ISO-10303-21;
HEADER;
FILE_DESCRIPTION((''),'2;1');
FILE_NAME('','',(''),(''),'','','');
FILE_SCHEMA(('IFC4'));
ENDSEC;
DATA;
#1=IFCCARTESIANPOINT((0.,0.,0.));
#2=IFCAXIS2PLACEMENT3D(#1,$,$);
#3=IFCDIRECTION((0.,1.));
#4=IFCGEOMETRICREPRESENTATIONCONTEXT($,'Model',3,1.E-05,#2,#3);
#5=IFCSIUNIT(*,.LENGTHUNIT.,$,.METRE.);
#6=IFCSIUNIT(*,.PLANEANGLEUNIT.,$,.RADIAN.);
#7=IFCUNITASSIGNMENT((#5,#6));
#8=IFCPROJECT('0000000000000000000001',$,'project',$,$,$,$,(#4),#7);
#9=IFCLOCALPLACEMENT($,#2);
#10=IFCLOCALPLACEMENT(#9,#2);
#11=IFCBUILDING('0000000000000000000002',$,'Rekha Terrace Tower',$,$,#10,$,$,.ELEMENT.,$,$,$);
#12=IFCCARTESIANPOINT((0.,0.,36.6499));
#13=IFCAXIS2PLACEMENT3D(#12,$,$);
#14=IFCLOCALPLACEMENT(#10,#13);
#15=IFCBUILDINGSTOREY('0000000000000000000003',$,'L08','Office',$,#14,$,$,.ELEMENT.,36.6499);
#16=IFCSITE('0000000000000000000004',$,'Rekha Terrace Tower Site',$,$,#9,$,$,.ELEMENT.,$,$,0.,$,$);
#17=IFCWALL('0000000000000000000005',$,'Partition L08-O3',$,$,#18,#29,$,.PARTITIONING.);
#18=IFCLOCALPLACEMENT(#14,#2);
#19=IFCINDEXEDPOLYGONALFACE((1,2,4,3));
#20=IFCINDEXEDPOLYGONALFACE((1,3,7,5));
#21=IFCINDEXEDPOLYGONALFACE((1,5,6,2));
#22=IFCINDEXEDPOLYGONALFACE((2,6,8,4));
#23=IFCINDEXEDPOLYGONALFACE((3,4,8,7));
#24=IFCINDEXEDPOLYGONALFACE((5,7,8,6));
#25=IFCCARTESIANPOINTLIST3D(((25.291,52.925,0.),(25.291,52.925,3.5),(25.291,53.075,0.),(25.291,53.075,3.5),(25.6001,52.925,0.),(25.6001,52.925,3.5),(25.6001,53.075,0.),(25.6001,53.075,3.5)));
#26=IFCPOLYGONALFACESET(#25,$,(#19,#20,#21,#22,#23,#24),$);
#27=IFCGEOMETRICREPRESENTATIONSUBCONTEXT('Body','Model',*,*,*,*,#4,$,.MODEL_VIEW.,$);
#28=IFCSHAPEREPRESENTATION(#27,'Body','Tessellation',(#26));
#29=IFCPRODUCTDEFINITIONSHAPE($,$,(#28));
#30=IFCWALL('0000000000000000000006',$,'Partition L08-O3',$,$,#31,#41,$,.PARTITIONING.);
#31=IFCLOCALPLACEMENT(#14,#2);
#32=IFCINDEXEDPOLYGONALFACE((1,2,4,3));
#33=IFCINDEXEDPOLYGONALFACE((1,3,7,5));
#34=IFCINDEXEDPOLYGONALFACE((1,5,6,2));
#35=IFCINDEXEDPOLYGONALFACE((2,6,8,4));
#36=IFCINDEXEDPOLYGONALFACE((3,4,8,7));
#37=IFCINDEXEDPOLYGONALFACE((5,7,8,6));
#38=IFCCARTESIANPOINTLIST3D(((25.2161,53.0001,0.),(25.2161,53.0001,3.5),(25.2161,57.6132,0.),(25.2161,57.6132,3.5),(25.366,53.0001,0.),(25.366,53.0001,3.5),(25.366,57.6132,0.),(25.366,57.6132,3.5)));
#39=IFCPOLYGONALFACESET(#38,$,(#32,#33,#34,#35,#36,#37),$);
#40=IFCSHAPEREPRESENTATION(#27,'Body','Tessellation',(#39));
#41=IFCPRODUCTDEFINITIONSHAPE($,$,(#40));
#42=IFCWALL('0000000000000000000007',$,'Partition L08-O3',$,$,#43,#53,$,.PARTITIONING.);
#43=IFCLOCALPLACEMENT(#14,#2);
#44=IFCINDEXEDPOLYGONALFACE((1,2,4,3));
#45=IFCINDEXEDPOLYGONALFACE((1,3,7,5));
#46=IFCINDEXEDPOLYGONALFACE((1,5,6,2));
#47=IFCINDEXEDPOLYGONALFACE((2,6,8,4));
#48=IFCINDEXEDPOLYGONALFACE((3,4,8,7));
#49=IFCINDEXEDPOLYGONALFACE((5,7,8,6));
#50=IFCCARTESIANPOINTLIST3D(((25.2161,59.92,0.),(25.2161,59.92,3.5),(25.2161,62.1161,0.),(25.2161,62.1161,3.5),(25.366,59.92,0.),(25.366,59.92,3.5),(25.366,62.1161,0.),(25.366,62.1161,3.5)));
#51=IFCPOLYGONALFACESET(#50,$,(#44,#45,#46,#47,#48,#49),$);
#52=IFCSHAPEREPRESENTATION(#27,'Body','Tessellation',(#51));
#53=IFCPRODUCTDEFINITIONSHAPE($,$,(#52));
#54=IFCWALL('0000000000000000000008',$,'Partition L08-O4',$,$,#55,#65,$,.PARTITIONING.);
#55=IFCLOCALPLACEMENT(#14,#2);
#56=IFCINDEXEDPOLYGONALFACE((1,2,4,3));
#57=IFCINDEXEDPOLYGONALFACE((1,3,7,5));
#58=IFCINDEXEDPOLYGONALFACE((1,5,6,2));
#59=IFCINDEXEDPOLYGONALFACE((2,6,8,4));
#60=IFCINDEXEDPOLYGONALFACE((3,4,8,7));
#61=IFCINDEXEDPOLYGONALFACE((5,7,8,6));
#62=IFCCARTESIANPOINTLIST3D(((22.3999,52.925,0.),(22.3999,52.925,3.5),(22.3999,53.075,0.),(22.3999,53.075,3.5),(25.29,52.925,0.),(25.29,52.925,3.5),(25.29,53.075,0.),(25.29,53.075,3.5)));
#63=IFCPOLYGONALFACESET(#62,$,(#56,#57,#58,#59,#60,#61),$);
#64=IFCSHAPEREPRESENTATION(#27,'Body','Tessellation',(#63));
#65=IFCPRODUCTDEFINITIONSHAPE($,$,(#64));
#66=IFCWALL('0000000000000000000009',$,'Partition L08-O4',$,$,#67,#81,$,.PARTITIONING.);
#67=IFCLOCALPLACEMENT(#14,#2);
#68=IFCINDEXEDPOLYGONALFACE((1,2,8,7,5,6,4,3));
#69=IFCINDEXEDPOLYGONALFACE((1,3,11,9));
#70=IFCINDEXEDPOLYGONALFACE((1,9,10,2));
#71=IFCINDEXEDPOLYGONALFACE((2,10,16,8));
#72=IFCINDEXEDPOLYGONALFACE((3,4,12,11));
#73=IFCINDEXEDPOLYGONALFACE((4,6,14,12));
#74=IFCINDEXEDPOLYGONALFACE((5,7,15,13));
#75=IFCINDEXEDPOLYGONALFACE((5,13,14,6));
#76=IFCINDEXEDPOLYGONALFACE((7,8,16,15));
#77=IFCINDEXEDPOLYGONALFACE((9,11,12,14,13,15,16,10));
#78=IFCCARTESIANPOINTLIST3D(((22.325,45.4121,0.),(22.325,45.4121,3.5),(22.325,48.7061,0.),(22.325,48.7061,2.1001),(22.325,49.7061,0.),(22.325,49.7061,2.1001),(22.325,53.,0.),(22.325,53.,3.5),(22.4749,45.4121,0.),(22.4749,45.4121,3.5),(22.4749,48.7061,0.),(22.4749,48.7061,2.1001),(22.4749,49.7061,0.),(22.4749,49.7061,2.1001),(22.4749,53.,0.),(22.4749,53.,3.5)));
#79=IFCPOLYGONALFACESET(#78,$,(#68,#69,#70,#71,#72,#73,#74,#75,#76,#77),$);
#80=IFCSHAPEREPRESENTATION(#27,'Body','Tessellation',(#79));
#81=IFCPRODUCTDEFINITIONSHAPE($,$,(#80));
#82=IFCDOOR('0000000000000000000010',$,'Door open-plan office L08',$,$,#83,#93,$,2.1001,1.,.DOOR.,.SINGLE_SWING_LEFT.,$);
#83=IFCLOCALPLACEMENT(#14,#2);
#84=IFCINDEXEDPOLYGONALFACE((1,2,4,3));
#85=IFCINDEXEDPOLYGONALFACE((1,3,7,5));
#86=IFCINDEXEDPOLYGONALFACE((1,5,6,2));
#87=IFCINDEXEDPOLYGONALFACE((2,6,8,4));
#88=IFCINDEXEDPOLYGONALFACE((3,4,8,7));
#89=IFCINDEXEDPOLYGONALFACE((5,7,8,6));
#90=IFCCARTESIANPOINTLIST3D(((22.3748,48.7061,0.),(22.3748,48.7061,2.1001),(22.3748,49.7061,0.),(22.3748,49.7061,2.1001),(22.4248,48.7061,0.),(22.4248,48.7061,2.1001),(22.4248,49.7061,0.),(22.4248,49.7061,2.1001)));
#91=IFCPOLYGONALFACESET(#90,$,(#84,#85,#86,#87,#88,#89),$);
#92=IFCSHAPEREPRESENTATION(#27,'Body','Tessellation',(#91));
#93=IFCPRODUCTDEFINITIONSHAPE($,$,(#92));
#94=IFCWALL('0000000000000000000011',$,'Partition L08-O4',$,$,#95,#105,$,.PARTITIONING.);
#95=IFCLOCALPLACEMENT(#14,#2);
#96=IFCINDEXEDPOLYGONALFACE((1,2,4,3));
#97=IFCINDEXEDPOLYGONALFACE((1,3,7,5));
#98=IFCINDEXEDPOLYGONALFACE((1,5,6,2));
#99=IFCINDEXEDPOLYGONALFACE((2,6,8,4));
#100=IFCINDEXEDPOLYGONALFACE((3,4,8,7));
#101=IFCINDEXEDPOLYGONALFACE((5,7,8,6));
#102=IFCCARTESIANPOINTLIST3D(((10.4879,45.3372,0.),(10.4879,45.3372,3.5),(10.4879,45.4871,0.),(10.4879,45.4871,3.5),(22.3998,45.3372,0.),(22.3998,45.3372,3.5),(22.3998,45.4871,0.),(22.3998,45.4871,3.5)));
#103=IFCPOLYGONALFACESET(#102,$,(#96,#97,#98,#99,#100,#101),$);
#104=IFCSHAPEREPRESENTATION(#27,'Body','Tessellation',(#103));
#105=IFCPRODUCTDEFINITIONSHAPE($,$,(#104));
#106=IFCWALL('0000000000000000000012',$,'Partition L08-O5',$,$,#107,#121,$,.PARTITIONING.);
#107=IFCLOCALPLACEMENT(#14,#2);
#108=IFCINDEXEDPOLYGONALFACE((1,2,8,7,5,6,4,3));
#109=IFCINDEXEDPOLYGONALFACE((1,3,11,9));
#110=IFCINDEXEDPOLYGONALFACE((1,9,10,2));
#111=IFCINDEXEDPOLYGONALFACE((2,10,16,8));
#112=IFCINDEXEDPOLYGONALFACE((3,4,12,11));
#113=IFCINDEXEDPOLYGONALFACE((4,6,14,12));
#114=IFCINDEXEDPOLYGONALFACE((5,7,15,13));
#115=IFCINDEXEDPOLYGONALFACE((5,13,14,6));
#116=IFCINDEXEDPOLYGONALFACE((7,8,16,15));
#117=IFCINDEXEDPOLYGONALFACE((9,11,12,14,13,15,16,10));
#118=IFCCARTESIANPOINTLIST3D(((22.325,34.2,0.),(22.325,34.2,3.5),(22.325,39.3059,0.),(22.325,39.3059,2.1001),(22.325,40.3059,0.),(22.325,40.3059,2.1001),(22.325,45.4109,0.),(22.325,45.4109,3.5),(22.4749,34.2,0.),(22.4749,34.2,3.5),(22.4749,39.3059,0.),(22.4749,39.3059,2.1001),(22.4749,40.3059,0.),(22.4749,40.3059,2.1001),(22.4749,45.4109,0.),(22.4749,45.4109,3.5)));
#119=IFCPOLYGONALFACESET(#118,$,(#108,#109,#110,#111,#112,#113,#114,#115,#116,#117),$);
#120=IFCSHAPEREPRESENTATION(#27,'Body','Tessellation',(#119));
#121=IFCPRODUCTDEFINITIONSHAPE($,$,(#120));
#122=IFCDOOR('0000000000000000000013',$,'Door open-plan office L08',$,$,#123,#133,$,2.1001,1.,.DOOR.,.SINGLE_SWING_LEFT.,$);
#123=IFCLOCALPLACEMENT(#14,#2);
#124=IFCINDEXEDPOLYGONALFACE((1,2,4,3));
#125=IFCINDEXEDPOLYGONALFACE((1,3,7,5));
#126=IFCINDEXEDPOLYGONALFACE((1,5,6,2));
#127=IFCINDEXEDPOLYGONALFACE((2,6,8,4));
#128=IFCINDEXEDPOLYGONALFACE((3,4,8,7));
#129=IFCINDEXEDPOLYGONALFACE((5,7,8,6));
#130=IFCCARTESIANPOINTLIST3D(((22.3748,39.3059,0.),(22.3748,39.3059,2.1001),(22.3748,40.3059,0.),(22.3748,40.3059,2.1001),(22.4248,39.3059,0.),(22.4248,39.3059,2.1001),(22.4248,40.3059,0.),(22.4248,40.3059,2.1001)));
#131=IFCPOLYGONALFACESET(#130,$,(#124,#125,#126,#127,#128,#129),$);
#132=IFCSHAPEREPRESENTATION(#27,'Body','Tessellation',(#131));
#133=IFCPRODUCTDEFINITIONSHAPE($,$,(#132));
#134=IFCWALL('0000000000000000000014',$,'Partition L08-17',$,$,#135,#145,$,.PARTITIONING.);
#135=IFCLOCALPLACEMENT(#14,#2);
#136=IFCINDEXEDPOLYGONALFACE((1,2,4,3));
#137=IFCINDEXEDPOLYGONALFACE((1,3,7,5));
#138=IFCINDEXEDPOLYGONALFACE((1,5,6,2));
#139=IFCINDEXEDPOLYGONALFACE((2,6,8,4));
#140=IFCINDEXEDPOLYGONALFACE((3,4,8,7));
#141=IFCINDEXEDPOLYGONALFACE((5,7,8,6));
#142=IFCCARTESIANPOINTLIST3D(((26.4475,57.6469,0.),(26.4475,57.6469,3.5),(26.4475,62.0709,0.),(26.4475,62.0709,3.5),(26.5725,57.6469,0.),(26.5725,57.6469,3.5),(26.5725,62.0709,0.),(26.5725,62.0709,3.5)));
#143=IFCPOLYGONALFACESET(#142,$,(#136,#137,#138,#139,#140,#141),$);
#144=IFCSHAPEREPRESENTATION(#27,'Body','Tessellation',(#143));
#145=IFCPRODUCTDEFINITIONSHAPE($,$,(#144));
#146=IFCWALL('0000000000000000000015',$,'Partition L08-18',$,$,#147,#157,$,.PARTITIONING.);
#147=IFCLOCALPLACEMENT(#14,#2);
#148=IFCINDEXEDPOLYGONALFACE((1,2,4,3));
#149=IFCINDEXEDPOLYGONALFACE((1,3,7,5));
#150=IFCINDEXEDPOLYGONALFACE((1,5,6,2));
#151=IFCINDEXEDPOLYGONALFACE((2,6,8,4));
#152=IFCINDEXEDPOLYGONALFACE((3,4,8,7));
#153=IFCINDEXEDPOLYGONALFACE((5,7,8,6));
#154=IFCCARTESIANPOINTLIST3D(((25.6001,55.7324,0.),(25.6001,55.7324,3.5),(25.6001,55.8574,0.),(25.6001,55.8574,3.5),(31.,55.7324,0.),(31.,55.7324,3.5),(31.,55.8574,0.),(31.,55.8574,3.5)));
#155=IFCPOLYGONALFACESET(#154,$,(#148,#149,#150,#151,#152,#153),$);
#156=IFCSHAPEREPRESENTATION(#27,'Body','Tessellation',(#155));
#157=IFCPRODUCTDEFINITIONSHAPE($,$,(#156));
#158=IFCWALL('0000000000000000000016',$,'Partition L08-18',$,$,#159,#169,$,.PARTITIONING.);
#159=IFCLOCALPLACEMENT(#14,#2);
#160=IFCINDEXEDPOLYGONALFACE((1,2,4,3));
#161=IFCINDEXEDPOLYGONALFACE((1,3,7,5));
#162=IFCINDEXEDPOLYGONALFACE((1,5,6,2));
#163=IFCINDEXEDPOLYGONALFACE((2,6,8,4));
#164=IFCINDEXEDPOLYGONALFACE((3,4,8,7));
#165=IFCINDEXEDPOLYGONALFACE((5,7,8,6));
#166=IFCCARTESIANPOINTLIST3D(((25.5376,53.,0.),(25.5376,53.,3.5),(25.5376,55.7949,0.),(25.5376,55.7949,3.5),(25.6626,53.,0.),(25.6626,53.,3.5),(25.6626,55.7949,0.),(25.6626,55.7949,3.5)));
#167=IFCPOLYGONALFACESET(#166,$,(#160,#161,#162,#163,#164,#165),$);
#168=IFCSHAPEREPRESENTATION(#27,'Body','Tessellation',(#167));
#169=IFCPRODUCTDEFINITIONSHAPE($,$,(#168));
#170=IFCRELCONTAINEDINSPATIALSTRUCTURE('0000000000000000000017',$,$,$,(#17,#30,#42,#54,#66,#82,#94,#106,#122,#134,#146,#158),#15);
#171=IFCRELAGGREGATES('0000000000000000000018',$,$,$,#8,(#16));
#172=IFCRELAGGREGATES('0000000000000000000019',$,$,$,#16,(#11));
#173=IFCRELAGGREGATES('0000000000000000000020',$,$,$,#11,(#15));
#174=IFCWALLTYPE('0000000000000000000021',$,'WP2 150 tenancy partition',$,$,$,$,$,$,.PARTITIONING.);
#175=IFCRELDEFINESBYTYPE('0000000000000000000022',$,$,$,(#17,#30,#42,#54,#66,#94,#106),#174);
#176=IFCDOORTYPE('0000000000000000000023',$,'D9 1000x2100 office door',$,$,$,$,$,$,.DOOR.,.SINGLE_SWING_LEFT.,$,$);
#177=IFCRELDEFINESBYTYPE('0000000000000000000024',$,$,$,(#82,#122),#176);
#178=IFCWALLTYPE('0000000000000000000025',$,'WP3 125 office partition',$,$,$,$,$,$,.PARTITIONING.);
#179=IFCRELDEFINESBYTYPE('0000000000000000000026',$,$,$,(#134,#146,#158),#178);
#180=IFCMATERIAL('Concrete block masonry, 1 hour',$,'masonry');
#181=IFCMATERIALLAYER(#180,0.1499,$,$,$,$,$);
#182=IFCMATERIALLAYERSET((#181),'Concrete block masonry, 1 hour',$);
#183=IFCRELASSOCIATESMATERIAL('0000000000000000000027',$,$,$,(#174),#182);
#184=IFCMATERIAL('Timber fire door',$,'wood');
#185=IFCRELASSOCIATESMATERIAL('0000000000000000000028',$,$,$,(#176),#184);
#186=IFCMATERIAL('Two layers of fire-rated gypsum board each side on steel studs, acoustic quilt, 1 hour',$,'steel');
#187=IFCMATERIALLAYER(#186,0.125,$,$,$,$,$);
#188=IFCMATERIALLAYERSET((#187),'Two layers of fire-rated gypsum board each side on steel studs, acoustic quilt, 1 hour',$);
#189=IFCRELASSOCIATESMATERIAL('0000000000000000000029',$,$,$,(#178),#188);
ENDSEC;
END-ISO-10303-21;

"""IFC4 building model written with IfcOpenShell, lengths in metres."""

from ifc_helpers import new_model, si_unit, direction, frame, frame_2d, origin, place, context, subcontext, project, spatial, rectangle, extrude, material, layer, layer_set, type_object, element, fill, save


model = new_model("IFC4")

# Units and contexts
model_context = context("Model", 3, precision=1e-05, world=origin(), true_north=direction((0.0, 1.0)))
body_context = subcontext(model_context, "Body", "Model", "MODEL_VIEW")
ifc_project = project(units=[si_unit("LENGTHUNIT", "METRE"), si_unit("PLANEANGLEUNIT", "RADIAN")], contexts=[model_context])

# Site, building, storey
site_placement = place(None, origin())
site = spatial("IfcSite", under=ifc_project, at=site_placement, Name="Rekha Terrace Tower Site", CompositionType="ELEMENT", RefElevation=0.0)
building_placement = place(site_placement, origin())
building = spatial("IfcBuilding", under=site, at=building_placement, Name="Rekha Terrace Tower", CompositionType="ELEMENT")
storey_placement = place(building_placement, frame((0.0, 0.0, 36.6499)))
storey = spatial("IfcBuildingStorey", under=building, at=storey_placement, Name="L08", Description="Office", CompositionType="ELEMENT", Elevation=36.6499)

# Shared definitions
ifc_material_1 = material(Name="Concrete block masonry, 1 hour", Category="masonry")
ifc_layer_1 = layer(ifc_material_1, 0.1499)
ifc_layer_set_1 = layer_set([ifc_layer_1], Name="Concrete block masonry, 1 hour")
wall_type_1 = type_object("IfcWallType", Name="WP2 150 tenancy partition", PredefinedType="PARTITIONING", material=ifc_layer_set_1)

# Walls
wall_1_placement = place(storey_placement, frame((25.6001, 53.0, 0.0), z_axis=(0.0, 0.0, 1.0), x_axis=(-1.0, 0.0, 0.0)))
element("IfcWall", 1, at=wall_1_placement, inside=storey, type_object=wall_type_1, Name="Partition L08-O3", PredefinedType="PARTITIONING", context=body_context, shape_type="SweptSolid", body=[
    extrude(rectangle(XDim=0.3091, YDim=0.1499, at=frame_2d((0.1545, 0.0))), origin(), (0.0, 0.0, 1.0), 3.5),
])
wall_2_placement = place(storey_placement, frame((25.291, 53.0, 0.0), z_axis=(0.0, 0.0, 1.0), x_axis=(0.0, 1.0, 0.0)))
element("IfcWall", 2, at=wall_2_placement, inside=storey, type_object=wall_type_1, Name="Partition L08-O3", PredefinedType="PARTITIONING", context=body_context, shape_type="SweptSolid", body=[
    extrude(rectangle(XDim=4.613, YDim=0.1499, at=frame_2d((2.3066, 0.0))), origin(), (0.0, 0.0, 1.0), 3.5),
])
wall_3_placement = place(storey_placement, frame((25.291, 59.9199, 0.0), z_axis=(0.0, 0.0, 1.0), x_axis=(0.0, 1.0, 0.0)))
element("IfcWall", 3, at=wall_3_placement, inside=storey, type_object=wall_type_1, Name="Partition L08-O3", PredefinedType="PARTITIONING", context=body_context, shape_type="SweptSolid", body=[
    extrude(rectangle(XDim=2.196, YDim=0.1499, at=frame_2d((1.0981, 0.0))), origin(), (0.0, 0.0, 1.0), 3.5),
])
wall_4_placement = place(storey_placement, frame((25.29, 53.0, 0.0), z_axis=(0.0, 0.0, 1.0), x_axis=(-1.0, 0.0, 0.0)))
element("IfcWall", 4, at=wall_4_placement, inside=storey, type_object=wall_type_1, Name="Partition L08-O4", PredefinedType="PARTITIONING", context=body_context, shape_type="SweptSolid", body=[
    extrude(rectangle(XDim=2.8901, YDim=0.1499, at=frame_2d((1.4451, 0.0))), origin(), (0.0, 0.0, 1.0), 3.5),
])

# Wall, opening, door
wall_5_placement = place(storey_placement, frame((22.3999, 53.0, 0.0), z_axis=(0.0, 0.0, 1.0), x_axis=(0.0, -1.0, 0.0)))
wall_5 = element("IfcWall", 5, at=wall_5_placement, inside=storey, type_object=wall_type_1, Name="Partition L08-O4", PredefinedType="PARTITIONING", context=body_context, shape_type="SweptSolid", body=[
    extrude(rectangle(XDim=7.5879, YDim=0.1499, at=frame_2d((3.7939, 0.0))), origin(), (0.0, 0.0, 1.0), 3.5),
])
opening_1_placement = place(wall_5_placement, frame((3.2939, 0.0, 0.0)))
opening_1 = element("IfcOpeningElement", 6, at=opening_1_placement, cuts=wall_5, PredefinedType="OPENING", context=body_context, shape_type="SweptSolid", body=[
    extrude(rectangle(XDim=1.0, YDim=2.1001, at=frame_2d((0.5, 1.05))), frame((0.0, 0.085, 0.0), z_axis=(0.0, -1.0, 0.0), x_axis=(1.0, 0.0, 0.0)), (0.0, 0.0, 1.0), 0.1699),
])
ifc_material_2 = material(Name="Timber fire door", Category="wood")
door_type_1 = type_object("IfcDoorType", Name="D9 1000x2100 office door", OperationType="SINGLE_SWING_LEFT", PredefinedType="DOOR", material=ifc_material_2)
door_1_placement = place(opening_1_placement, origin())
door_1 = element("IfcDoor", 7, at=door_1_placement, inside=storey, type_object=door_type_1, Name="Door open-plan office L08", OperationType="SINGLE_SWING_LEFT", OverallHeight=2.1001, OverallWidth=1.0, PredefinedType="DOOR", context=body_context, shape_type="SweptSolid", body=[
    extrude(rectangle(XDim=1.0, YDim=2.1001, at=frame_2d((0.5, 1.05))), frame((0.0, 0.0249, 0.0), z_axis=(0.0, -1.0, 0.0), x_axis=(1.0, 0.0, 0.0)), (0.0, 0.0, 1.0), 0.05),
])
fill(opening_1, door_1)

# Wall
wall_6_placement = place(storey_placement, frame((22.3999, 45.4121, 0.0), z_axis=(0.0, 0.0, 1.0), x_axis=(-1.0, 0.0, 0.0)))
element("IfcWall", 8, at=wall_6_placement, inside=storey, type_object=wall_type_1, Name="Partition L08-O4", PredefinedType="PARTITIONING", context=body_context, shape_type="SweptSolid", body=[
    extrude(rectangle(XDim=11.9119, YDim=0.1499, at=frame_2d((5.9561, 0.0))), origin(), (0.0, 0.0, 1.0), 3.5),
])

# Wall, opening, door
wall_7_placement = place(storey_placement, frame((22.3999, 45.4109, 0.0), z_axis=(0.0, 0.0, 1.0), x_axis=(0.0, -1.0, 0.0)))
wall_7 = element("IfcWall", 9, at=wall_7_placement, inside=storey, type_object=wall_type_1, Name="Partition L08-O5", PredefinedType="PARTITIONING", context=body_context, shape_type="SweptSolid", body=[
    extrude(rectangle(XDim=11.2109, YDim=0.1499, at=frame_2d((5.6055, 0.0))), origin(), (0.0, 0.0, 1.0), 3.5),
])
opening_2_placement = place(wall_7_placement, frame((5.105, 0.0, 0.0)))
opening_2 = element("IfcOpeningElement", 10, at=opening_2_placement, cuts=wall_7, PredefinedType="OPENING", context=body_context, shape_type="SweptSolid", body=[
    extrude(rectangle(XDim=1.0, YDim=2.1001, at=frame_2d((0.5, 1.05))), frame((0.0, 0.085, 0.0), z_axis=(0.0, -1.0, 0.0), x_axis=(1.0, 0.0, 0.0)), (0.0, 0.0, 1.0), 0.1699),
])
door_2_placement = place(opening_2_placement, origin())
door_2 = element("IfcDoor", 11, at=door_2_placement, inside=storey, type_object=door_type_1, Name="Door open-plan office L08", OperationType="SINGLE_SWING_LEFT", OverallHeight=2.1001, OverallWidth=1.0, PredefinedType="DOOR", context=body_context, shape_type="SweptSolid", body=[
    extrude(rectangle(XDim=1.0, YDim=2.1001, at=frame_2d((0.5, 1.05))), frame((0.0, 0.0249, 0.0), z_axis=(0.0, -1.0, 0.0), x_axis=(1.0, 0.0, 0.0)), (0.0, 0.0, 1.0), 0.05),
])
fill(opening_2, door_2)

# Walls
ifc_material_3 = material(Name="Two layers of fire-rated gypsum board each side on steel studs, acoustic quilt, 1 hour", Category="steel")
ifc_layer_2 = layer(ifc_material_3, 0.125)
ifc_layer_set_2 = layer_set([ifc_layer_2], Name="Two layers of fire-rated gypsum board each side on steel studs, acoustic quilt, 1 hour")
wall_type_2 = type_object("IfcWallType", Name="WP3 125 office partition", PredefinedType="PARTITIONING", material=ifc_layer_set_2)
wall_8_placement = place(storey_placement, frame((26.51, 57.647, 0.0), z_axis=(0.0, 0.0, 1.0), x_axis=(0.0, 1.0, 0.0)))
element("IfcWall", 12, at=wall_8_placement, inside=storey, type_object=wall_type_2, Name="Partition L08-17", PredefinedType="PARTITIONING", context=body_context, shape_type="SweptSolid", body=[
    extrude(rectangle(XDim=4.4241, YDim=0.125, at=frame_2d((2.2119, 0.0))), origin(), (0.0, 0.0, 1.0), 3.5),
])
wall_9_placement = place(storey_placement, frame((25.6001, 55.7949, 0.0), z_axis=(0.0, 0.0, 1.0), x_axis=(1.0, 0.0, 0.0)))
element("IfcWall", 13, at=wall_9_placement, inside=storey, type_object=wall_type_2, Name="Partition L08-18", PredefinedType="PARTITIONING", context=body_context, shape_type="SweptSolid", body=[
    extrude(rectangle(XDim=5.3999, YDim=0.125, at=frame_2d((2.7, 0.0))), origin(), (0.0, 0.0, 1.0), 3.5),
])
wall_10_placement = place(storey_placement, frame((25.6001, 53.0, 0.0), z_axis=(0.0, 0.0, 1.0), x_axis=(0.0, 1.0, 0.0)))
element("IfcWall", 14, at=wall_10_placement, inside=storey, type_object=wall_type_2, Name="Partition L08-18", PredefinedType="PARTITIONING", context=body_context, shape_type="SweptSolid", body=[
    extrude(rectangle(XDim=2.7949, YDim=0.125, at=frame_2d((1.3975, 0.0))), origin(), (0.0, 0.0, 1.0), 3.5),
])

save(model, "model.ifc")
